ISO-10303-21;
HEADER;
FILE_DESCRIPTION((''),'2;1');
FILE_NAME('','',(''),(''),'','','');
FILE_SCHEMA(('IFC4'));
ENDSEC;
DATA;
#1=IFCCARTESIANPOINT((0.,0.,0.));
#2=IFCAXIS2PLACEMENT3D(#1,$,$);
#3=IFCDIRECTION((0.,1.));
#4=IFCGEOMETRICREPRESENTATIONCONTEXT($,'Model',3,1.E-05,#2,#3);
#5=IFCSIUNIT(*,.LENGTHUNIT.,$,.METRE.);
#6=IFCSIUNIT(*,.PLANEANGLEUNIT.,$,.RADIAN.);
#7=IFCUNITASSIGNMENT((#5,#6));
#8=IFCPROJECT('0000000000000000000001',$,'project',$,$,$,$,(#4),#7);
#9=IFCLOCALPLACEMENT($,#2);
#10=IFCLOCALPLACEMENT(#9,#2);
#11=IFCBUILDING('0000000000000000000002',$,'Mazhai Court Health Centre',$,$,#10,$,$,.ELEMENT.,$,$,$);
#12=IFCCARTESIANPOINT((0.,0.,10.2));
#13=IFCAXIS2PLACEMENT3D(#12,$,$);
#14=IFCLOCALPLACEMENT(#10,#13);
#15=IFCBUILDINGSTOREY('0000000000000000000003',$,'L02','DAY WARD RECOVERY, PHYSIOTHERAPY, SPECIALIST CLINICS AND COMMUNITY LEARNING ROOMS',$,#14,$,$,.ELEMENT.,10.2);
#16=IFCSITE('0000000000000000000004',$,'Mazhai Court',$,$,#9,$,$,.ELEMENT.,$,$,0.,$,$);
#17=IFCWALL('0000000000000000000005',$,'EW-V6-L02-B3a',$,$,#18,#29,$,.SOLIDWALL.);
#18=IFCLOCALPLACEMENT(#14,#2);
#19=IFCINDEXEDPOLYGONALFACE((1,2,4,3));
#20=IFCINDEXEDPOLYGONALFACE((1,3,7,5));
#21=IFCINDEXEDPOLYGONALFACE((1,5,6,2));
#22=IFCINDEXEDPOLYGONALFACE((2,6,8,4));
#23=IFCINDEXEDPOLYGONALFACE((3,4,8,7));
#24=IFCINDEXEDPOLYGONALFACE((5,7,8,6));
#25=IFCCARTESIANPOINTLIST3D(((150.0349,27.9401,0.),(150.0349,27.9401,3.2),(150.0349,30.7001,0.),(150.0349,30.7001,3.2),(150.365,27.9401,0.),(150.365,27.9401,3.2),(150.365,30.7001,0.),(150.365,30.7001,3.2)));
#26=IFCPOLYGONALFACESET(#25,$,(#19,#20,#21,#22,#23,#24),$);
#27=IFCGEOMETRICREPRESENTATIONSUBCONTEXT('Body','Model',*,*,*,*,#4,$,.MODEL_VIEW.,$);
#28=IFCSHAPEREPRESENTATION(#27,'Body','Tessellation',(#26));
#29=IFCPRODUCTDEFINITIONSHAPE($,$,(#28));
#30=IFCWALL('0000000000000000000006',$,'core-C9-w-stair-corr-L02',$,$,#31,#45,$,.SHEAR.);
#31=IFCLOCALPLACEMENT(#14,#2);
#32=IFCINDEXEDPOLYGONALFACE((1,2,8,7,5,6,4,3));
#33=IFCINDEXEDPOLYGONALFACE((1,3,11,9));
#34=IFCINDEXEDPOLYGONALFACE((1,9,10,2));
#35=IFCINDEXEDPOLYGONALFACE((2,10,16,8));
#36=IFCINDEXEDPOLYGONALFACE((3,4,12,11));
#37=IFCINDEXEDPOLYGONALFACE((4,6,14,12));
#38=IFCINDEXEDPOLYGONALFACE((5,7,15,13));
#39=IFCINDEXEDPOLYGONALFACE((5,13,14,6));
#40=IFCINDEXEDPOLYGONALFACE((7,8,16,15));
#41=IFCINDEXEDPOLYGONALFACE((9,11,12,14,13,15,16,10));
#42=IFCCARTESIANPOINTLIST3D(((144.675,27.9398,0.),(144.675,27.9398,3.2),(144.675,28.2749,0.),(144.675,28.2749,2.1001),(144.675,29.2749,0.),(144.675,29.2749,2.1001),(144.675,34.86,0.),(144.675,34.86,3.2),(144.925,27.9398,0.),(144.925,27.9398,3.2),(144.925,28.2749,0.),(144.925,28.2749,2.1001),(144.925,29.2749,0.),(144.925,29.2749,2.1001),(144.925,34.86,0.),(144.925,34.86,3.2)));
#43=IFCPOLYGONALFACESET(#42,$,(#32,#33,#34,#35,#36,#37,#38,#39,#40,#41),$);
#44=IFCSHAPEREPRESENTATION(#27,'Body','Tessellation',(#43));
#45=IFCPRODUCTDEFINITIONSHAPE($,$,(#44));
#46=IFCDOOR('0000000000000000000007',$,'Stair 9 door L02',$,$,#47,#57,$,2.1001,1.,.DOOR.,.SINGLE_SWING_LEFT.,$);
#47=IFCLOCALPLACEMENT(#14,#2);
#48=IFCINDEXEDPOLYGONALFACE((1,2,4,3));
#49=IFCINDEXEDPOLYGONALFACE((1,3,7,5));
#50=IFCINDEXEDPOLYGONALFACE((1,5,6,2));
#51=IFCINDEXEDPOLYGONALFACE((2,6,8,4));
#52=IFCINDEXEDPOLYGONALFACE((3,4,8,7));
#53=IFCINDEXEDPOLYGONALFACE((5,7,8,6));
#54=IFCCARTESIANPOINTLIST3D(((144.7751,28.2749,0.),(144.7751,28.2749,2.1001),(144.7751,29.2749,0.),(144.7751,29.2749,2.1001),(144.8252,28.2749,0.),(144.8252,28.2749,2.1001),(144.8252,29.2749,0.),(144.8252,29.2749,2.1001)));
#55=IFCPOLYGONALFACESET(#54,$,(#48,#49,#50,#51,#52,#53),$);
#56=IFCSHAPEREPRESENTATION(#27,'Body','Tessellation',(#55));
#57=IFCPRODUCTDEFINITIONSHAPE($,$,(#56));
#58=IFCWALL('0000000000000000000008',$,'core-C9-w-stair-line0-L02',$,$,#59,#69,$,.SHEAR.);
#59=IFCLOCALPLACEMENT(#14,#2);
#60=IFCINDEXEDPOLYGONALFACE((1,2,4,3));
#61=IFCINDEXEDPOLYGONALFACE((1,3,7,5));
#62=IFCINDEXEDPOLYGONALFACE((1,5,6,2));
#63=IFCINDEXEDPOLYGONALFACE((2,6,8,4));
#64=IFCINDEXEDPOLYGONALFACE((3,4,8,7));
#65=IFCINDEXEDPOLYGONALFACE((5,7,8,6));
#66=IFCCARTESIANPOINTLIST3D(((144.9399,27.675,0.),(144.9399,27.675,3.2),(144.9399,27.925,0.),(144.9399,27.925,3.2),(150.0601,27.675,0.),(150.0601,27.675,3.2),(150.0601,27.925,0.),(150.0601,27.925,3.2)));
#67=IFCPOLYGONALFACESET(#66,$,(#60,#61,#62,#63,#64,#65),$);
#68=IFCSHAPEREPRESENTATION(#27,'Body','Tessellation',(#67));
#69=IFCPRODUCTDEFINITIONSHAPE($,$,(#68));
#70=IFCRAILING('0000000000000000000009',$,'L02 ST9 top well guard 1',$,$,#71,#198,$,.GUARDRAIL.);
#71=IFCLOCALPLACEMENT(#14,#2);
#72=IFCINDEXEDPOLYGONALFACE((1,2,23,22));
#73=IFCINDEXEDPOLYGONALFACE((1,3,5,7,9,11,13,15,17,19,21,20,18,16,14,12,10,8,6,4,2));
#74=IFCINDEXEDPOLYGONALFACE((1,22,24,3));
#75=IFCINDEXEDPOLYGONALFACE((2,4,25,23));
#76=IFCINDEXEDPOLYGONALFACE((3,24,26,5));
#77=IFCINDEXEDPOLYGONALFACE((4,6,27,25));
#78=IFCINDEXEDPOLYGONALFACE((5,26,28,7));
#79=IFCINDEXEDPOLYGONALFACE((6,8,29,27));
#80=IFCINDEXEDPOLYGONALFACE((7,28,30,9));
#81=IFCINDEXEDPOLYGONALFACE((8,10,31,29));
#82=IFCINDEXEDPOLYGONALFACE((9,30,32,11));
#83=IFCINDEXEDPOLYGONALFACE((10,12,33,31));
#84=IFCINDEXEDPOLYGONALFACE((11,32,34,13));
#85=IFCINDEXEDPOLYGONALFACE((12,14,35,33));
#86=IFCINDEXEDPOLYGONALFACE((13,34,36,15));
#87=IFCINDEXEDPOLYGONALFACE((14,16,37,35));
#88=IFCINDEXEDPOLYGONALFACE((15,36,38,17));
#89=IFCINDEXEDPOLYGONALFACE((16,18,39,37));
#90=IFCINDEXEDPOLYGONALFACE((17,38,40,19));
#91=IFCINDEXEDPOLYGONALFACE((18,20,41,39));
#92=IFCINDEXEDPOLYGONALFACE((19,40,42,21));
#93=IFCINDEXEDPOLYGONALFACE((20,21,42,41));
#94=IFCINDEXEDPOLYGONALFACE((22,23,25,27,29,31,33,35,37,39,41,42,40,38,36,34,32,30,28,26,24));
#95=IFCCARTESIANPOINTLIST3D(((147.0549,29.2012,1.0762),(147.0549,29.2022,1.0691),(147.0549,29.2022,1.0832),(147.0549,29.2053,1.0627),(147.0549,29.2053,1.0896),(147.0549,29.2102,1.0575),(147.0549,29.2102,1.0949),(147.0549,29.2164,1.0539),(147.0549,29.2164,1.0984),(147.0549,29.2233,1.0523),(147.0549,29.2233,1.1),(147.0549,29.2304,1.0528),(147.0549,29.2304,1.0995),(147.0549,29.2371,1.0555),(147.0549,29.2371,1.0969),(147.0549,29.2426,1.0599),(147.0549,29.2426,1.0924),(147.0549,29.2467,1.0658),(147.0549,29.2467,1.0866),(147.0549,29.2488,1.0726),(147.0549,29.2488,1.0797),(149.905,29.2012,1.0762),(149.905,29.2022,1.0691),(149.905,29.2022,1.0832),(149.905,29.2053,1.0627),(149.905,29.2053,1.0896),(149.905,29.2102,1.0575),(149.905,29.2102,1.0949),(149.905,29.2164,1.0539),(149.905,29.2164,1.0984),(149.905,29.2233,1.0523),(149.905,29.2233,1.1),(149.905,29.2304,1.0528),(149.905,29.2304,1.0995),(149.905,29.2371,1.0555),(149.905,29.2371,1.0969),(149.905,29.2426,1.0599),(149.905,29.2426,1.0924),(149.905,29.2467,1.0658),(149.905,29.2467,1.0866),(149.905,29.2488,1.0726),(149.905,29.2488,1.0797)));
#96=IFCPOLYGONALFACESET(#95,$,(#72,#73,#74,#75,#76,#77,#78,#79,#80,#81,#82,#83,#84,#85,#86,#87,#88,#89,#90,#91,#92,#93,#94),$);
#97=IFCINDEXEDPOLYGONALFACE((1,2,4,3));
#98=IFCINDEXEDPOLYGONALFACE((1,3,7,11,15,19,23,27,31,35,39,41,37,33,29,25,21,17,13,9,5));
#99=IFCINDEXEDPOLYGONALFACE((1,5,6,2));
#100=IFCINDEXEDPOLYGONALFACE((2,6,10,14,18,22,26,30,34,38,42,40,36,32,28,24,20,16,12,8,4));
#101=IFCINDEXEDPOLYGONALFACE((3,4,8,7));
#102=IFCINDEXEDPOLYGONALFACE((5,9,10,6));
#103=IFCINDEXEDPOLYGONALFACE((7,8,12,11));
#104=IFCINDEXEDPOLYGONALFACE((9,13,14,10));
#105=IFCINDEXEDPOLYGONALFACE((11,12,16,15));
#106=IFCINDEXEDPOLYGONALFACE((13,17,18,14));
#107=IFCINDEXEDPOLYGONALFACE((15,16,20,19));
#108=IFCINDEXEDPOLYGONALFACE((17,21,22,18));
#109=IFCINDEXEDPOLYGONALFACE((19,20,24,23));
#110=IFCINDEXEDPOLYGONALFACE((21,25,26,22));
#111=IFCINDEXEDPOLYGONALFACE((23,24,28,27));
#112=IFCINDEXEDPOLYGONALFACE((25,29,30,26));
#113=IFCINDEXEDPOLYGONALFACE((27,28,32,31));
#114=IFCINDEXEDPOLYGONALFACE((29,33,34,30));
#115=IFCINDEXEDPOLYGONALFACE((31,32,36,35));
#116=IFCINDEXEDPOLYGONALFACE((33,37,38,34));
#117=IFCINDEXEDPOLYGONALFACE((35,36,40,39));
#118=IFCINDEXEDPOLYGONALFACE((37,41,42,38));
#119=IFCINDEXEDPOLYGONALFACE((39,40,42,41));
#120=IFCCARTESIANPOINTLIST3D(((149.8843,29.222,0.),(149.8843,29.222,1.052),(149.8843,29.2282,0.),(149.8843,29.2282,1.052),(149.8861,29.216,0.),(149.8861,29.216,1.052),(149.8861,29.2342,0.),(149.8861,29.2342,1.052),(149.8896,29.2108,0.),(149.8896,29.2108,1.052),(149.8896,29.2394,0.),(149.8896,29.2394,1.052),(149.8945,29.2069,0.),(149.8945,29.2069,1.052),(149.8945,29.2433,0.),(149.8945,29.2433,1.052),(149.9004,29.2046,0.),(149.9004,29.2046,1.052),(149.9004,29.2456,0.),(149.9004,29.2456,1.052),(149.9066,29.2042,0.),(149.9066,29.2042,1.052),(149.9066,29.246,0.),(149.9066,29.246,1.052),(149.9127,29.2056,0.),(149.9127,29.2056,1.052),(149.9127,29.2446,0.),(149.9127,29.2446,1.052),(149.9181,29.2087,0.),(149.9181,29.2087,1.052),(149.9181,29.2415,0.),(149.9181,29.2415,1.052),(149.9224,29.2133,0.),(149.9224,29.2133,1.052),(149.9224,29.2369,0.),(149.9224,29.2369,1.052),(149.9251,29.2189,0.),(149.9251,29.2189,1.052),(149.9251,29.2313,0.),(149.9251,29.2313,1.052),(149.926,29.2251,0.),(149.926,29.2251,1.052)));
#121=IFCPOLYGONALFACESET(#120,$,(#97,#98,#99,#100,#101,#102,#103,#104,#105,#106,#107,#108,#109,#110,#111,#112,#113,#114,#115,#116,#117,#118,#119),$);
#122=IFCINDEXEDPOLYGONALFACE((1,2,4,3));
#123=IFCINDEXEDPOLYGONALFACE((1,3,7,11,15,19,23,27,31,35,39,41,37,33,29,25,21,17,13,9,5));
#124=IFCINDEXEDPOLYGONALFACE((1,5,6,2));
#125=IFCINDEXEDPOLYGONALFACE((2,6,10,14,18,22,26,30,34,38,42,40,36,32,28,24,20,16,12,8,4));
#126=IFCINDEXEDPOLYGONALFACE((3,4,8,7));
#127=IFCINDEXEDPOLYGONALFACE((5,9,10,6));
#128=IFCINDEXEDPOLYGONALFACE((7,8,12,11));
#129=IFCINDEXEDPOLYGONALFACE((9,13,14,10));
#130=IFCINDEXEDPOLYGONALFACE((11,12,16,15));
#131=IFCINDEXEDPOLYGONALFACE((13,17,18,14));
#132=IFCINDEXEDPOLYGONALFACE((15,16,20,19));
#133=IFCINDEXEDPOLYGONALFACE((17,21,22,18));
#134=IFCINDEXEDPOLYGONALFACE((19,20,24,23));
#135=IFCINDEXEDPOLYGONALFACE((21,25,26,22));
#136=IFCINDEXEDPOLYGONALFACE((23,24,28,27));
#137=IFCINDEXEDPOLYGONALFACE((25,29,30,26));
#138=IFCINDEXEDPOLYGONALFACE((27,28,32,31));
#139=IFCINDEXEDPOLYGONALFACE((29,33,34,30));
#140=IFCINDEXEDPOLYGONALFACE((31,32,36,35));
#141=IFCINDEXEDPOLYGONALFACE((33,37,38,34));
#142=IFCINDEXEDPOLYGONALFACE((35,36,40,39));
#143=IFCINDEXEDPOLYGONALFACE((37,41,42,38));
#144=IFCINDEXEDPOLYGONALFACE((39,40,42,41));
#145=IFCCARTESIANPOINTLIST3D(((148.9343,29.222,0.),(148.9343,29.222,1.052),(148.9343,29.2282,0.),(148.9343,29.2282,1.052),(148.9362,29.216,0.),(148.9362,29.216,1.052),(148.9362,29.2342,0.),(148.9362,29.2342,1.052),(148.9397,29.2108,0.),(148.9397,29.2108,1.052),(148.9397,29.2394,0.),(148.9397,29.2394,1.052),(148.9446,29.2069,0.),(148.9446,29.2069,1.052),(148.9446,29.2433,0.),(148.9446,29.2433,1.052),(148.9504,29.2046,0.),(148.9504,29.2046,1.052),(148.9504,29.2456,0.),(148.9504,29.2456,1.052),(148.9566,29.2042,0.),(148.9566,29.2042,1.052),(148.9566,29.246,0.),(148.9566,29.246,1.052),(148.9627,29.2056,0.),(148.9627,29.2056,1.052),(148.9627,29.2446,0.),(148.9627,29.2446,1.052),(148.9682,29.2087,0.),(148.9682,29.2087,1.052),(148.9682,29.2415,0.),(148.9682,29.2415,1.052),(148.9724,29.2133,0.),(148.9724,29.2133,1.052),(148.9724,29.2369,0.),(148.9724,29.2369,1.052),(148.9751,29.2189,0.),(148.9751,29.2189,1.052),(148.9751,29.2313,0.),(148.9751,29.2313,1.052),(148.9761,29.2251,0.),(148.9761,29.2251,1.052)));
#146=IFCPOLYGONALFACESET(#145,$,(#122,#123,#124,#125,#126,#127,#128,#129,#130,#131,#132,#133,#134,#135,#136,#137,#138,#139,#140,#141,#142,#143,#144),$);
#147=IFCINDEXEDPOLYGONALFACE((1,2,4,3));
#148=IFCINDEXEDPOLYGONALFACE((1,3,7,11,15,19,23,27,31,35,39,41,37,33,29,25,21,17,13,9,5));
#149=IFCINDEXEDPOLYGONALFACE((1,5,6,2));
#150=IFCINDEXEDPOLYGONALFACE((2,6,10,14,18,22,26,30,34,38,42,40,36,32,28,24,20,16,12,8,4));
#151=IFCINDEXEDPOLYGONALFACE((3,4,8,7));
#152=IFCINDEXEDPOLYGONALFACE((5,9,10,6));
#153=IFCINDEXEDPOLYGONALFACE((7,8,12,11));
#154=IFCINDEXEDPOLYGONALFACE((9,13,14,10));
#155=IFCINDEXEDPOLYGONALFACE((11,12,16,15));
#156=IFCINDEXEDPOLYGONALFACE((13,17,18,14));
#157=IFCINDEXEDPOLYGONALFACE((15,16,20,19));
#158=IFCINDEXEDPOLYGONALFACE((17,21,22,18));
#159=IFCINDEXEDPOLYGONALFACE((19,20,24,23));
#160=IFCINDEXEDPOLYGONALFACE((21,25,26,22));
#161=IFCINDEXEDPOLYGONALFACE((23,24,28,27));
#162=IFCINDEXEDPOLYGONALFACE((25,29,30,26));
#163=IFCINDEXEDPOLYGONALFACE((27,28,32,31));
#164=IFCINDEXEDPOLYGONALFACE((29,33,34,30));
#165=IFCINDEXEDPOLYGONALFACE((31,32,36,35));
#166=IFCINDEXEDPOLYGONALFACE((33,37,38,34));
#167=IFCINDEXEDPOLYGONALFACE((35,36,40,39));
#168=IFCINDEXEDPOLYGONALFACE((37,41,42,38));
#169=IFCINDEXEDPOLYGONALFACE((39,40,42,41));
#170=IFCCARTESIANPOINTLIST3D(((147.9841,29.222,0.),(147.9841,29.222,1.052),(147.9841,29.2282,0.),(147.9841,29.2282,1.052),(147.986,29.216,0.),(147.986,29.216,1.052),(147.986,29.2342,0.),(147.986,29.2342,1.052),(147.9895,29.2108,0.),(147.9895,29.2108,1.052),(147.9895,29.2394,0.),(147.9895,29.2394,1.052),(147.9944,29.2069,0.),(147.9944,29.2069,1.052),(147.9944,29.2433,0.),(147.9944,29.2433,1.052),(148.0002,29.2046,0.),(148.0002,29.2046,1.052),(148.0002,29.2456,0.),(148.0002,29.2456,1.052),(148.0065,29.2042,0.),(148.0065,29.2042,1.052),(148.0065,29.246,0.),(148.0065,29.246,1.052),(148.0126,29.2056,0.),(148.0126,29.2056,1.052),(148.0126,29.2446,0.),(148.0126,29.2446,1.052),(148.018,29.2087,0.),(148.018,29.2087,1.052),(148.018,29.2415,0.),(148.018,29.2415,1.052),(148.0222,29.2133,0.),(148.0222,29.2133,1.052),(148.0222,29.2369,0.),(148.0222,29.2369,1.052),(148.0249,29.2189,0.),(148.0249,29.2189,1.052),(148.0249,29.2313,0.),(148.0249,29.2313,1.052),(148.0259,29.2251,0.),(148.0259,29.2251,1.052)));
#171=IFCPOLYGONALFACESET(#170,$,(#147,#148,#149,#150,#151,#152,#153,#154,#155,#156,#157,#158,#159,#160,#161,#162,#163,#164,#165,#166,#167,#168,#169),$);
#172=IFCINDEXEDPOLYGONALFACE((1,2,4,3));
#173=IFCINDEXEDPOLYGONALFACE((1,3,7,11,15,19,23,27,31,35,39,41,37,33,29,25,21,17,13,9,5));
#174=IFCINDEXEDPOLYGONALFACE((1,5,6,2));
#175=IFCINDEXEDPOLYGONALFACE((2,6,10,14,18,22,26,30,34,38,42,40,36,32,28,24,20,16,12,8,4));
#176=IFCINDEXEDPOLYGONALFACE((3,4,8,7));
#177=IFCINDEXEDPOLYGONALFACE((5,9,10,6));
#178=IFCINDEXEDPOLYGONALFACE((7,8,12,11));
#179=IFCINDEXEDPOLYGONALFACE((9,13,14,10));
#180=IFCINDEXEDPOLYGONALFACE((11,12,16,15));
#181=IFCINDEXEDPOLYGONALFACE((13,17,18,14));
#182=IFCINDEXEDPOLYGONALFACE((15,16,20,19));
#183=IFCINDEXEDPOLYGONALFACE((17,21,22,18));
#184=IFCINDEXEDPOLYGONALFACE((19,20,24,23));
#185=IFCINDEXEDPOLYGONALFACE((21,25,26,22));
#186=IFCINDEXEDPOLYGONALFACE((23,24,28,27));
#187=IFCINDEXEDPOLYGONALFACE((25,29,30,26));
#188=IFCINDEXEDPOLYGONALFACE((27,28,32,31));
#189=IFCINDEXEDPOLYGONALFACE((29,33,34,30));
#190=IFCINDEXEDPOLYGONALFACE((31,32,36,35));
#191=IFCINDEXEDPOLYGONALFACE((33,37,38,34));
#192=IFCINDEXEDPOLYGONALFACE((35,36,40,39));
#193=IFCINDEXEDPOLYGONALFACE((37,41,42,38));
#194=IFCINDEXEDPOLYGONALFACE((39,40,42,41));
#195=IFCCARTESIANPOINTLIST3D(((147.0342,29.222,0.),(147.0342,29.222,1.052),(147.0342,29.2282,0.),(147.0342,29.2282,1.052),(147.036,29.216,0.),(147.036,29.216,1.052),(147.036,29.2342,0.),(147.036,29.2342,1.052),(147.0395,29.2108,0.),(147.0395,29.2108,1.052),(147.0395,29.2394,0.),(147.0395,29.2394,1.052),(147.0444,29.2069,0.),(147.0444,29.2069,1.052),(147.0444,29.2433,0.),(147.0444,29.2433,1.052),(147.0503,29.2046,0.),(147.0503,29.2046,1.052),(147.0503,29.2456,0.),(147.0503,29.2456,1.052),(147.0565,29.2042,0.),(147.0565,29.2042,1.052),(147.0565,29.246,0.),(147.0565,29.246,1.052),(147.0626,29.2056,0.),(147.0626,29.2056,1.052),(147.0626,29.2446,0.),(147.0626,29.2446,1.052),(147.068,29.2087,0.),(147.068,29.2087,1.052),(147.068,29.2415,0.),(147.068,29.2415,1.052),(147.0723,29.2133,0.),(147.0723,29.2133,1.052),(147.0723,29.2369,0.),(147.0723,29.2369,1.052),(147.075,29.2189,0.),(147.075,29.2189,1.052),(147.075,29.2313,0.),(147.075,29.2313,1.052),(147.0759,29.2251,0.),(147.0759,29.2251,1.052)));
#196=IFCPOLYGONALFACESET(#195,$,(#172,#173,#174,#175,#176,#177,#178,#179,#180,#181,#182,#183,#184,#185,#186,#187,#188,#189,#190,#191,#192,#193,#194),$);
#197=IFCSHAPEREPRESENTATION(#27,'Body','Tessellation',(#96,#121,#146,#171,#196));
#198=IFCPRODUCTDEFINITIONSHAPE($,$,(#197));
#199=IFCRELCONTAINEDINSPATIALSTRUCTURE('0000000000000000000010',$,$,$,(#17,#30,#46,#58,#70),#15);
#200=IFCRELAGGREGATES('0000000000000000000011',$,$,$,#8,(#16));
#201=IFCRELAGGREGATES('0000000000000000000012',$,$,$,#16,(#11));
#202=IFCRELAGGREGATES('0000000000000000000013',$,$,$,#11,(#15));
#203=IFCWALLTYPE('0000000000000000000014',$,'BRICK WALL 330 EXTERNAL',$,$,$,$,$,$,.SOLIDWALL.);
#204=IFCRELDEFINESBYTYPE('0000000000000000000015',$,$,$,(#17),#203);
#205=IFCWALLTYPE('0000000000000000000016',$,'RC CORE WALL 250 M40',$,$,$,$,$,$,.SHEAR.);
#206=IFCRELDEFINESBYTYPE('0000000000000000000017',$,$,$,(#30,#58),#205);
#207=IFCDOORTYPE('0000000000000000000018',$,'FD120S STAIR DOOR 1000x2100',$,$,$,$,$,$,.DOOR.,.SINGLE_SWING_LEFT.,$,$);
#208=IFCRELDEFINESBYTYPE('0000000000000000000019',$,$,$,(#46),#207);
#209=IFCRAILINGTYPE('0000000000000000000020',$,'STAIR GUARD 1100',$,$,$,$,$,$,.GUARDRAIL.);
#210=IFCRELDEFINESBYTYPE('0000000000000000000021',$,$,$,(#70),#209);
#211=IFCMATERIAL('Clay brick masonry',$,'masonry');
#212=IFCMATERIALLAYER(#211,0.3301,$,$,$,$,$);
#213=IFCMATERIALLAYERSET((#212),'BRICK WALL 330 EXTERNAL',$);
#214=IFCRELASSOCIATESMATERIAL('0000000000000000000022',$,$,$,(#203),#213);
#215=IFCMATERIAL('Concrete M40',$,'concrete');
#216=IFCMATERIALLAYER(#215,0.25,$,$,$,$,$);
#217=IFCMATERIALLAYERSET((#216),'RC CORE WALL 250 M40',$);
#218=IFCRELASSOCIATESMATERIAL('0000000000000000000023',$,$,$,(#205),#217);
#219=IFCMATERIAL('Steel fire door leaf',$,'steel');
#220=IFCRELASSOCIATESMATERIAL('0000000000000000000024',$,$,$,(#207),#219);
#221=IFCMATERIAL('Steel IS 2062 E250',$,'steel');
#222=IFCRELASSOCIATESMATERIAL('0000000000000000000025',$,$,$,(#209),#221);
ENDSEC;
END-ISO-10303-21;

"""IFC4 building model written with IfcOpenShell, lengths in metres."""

from ifc_helpers import new_model, si_unit, direction, frame, frame_2d, origin, origin_2d, place, context, subcontext, project, spatial, rectangle, circle, extrude, material, layer, layer_set, type_object, element, fill, save


model = new_model("IFC4")

# Units and contexts
model_context = context("Model", 3, precision=1e-05, world=origin(), true_north=direction((0.0, 1.0)))
body_context = subcontext(model_context, "Body", "Model", "MODEL_VIEW")
ifc_project = project(units=[si_unit("LENGTHUNIT", "METRE"), si_unit("PLANEANGLEUNIT", "RADIAN")], contexts=[model_context])

# Site, building, storey
site_placement = place(None, origin())
site = spatial("IfcSite", under=ifc_project, at=site_placement, Name="Mazhai Court", CompositionType="ELEMENT", RefElevation=0.0)
building_placement = place(site_placement, origin())
building = spatial("IfcBuilding", under=site, at=building_placement, Name="Mazhai Court Health Centre", CompositionType="ELEMENT")
storey_placement = place(building_placement, frame((0.0, 0.0, 10.2)))
storey = spatial("IfcBuildingStorey", under=building, at=storey_placement, Name="L02", Description="DAY WARD RECOVERY, PHYSIOTHERAPY, SPECIALIST CLINICS AND COMMUNITY LEARNING ROOMS", CompositionType="ELEMENT", Elevation=10.2)

# Shared definitions
ifc_material_1 = material(Name="Clay brick masonry", Category="masonry")
ifc_layer_1 = layer(ifc_material_1, 0.3301)
ifc_layer_set_1 = layer_set([ifc_layer_1], Name="BRICK WALL 330 EXTERNAL")
wall_type_1 = type_object("IfcWallType", Name="BRICK WALL 330 EXTERNAL", PredefinedType="SOLIDWALL", material=ifc_layer_set_1)

# Wall
wall_1_placement = place(storey_placement, frame((150.2, 30.7, 0.0), z_axis=(0.0, 0.0, 1.0), x_axis=(0.0, -1.0, 0.0)))
element("IfcWall", 1, at=wall_1_placement, inside=storey, type_object=wall_type_1, Name="EW-V6-L02-B3a", PredefinedType="SOLIDWALL", context=body_context, shape_type="SweptSolid", body=[
    extrude(rectangle(XDim=2.76, YDim=0.3301, at=frame_2d((1.3799, 0.0))), origin(), (0.0, 0.0, 1.0), 3.2),
])

# Wall, opening, door
ifc_material_2 = material(Name="Concrete M40", Category="concrete")
ifc_layer_2 = layer(ifc_material_2, 0.25)
ifc_layer_set_2 = layer_set([ifc_layer_2], Name="RC CORE WALL 250 M40")
wall_type_2 = type_object("IfcWallType", Name="RC CORE WALL 250 M40", PredefinedType="SHEAR", material=ifc_layer_set_2)
wall_2_placement = place(storey_placement, frame((144.8, 27.9399, 0.0), z_axis=(0.0, 0.0, 1.0), x_axis=(0.0, 1.0, 0.0)))
wall_2 = element("IfcWall", 2, at=wall_2_placement, inside=storey, type_object=wall_type_2, Name="core-C9-w-stair-corr-L02", PredefinedType="SHEAR", context=body_context, shape_type="SweptSolid", body=[
    extrude(rectangle(XDim=6.9202, YDim=0.25, at=frame_2d((3.46, 0.0))), origin(), (0.0, 0.0, 1.0), 3.2),
])
opening_1_placement = place(wall_2_placement, frame((0.335, 0.0, 0.0)))
opening_1 = element("IfcOpeningElement", 3, at=opening_1_placement, cuts=wall_2, PredefinedType="OPENING", context=body_context, shape_type="SweptSolid", body=[
    extrude(rectangle(XDim=1.0, YDim=2.1001, at=frame_2d((0.5, 1.05))), frame((0.0, 0.135, 0.0), z_axis=(0.0, -1.0, 0.0), x_axis=(1.0, 0.0, 0.0)), (0.0, 0.0, 1.0), 0.27),
])
ifc_material_3 = material(Name="Steel fire door leaf", Category="steel")
door_type = type_object("IfcDoorType", Name="FD120S STAIR DOOR 1000x2100", OperationType="SINGLE_SWING_LEFT", PredefinedType="DOOR", material=ifc_material_3)
door_placement = place(opening_1_placement, origin())
door = element("IfcDoor", 4, at=door_placement, inside=storey, type_object=door_type, Name="Stair 9 door L02", OperationType="SINGLE_SWING_LEFT", OverallHeight=2.1001, OverallWidth=1.0, PredefinedType="DOOR", context=body_context, shape_type="SweptSolid", body=[
    extrude(rectangle(XDim=1.0, YDim=2.1001, at=frame_2d((0.5, 1.05))), frame((0.0, 0.0249, 0.0), z_axis=(0.0, -1.0, 0.0), x_axis=(1.0, 0.0, 0.0)), (0.0, 0.0, 1.0), 0.05),
])
fill(opening_1, door)

# Wall
wall_3_placement = place(storey_placement, frame((144.9399, 27.8, 0.0), z_axis=(0.0, 0.0, 1.0), x_axis=(1.0, 0.0, 0.0)))
element("IfcWall", 5, at=wall_3_placement, inside=storey, type_object=wall_type_2, Name="core-C9-w-stair-line0-L02", PredefinedType="SHEAR", context=body_context, shape_type="SweptSolid", body=[
    extrude(rectangle(XDim=5.1201, YDim=0.25, at=frame_2d((2.5601, 0.0))), origin(), (0.0, 0.0, 1.0), 3.2),
])

# Railing
ifc_material_4 = material(Name="Steel IS 2062 E250", Category="steel")
railing_type = type_object("IfcRailingType", Name="STAIR GUARD 1100", PredefinedType="GUARDRAIL", material=ifc_material_4)
railing_placement = place(storey_placement, frame((149.905, 29.2251, 0.0)))
element("IfcRailing", 6, at=railing_placement, inside=storey, type_object=railing_type, Name="L02 ST9 top well guard 1", PredefinedType="GUARDRAIL", context=body_context, shape_type="SweptSolid", body=[
    extrude(circle(Radius=0.0239, at=origin_2d()), frame((0.0, 0.0, 1.0762), z_axis=(-1.0, 0.0, 0.0), x_axis=(0.0, -1.0, 0.0)), (0.0, 0.0, 1.0), 2.8501),
    extrude(circle(Radius=0.021, at=origin_2d()), origin(), (0.0, 0.0, 1.0), 1.052),
    extrude(circle(Radius=0.021, at=origin_2d()), frame((-0.95, 0.0, 0.0)), (0.0, 0.0, 1.0), 1.052),
    extrude(circle(Radius=0.021, at=origin_2d()), frame((-1.9001, 0.0, 0.0)), (0.0, 0.0, 1.0), 1.052),
    extrude(circle(Radius=0.021, at=origin_2d()), frame((-2.8501, 0.0, 0.0)), (0.0, 0.0, 1.0), 1.052),
])

save(model, "model.ifc")
